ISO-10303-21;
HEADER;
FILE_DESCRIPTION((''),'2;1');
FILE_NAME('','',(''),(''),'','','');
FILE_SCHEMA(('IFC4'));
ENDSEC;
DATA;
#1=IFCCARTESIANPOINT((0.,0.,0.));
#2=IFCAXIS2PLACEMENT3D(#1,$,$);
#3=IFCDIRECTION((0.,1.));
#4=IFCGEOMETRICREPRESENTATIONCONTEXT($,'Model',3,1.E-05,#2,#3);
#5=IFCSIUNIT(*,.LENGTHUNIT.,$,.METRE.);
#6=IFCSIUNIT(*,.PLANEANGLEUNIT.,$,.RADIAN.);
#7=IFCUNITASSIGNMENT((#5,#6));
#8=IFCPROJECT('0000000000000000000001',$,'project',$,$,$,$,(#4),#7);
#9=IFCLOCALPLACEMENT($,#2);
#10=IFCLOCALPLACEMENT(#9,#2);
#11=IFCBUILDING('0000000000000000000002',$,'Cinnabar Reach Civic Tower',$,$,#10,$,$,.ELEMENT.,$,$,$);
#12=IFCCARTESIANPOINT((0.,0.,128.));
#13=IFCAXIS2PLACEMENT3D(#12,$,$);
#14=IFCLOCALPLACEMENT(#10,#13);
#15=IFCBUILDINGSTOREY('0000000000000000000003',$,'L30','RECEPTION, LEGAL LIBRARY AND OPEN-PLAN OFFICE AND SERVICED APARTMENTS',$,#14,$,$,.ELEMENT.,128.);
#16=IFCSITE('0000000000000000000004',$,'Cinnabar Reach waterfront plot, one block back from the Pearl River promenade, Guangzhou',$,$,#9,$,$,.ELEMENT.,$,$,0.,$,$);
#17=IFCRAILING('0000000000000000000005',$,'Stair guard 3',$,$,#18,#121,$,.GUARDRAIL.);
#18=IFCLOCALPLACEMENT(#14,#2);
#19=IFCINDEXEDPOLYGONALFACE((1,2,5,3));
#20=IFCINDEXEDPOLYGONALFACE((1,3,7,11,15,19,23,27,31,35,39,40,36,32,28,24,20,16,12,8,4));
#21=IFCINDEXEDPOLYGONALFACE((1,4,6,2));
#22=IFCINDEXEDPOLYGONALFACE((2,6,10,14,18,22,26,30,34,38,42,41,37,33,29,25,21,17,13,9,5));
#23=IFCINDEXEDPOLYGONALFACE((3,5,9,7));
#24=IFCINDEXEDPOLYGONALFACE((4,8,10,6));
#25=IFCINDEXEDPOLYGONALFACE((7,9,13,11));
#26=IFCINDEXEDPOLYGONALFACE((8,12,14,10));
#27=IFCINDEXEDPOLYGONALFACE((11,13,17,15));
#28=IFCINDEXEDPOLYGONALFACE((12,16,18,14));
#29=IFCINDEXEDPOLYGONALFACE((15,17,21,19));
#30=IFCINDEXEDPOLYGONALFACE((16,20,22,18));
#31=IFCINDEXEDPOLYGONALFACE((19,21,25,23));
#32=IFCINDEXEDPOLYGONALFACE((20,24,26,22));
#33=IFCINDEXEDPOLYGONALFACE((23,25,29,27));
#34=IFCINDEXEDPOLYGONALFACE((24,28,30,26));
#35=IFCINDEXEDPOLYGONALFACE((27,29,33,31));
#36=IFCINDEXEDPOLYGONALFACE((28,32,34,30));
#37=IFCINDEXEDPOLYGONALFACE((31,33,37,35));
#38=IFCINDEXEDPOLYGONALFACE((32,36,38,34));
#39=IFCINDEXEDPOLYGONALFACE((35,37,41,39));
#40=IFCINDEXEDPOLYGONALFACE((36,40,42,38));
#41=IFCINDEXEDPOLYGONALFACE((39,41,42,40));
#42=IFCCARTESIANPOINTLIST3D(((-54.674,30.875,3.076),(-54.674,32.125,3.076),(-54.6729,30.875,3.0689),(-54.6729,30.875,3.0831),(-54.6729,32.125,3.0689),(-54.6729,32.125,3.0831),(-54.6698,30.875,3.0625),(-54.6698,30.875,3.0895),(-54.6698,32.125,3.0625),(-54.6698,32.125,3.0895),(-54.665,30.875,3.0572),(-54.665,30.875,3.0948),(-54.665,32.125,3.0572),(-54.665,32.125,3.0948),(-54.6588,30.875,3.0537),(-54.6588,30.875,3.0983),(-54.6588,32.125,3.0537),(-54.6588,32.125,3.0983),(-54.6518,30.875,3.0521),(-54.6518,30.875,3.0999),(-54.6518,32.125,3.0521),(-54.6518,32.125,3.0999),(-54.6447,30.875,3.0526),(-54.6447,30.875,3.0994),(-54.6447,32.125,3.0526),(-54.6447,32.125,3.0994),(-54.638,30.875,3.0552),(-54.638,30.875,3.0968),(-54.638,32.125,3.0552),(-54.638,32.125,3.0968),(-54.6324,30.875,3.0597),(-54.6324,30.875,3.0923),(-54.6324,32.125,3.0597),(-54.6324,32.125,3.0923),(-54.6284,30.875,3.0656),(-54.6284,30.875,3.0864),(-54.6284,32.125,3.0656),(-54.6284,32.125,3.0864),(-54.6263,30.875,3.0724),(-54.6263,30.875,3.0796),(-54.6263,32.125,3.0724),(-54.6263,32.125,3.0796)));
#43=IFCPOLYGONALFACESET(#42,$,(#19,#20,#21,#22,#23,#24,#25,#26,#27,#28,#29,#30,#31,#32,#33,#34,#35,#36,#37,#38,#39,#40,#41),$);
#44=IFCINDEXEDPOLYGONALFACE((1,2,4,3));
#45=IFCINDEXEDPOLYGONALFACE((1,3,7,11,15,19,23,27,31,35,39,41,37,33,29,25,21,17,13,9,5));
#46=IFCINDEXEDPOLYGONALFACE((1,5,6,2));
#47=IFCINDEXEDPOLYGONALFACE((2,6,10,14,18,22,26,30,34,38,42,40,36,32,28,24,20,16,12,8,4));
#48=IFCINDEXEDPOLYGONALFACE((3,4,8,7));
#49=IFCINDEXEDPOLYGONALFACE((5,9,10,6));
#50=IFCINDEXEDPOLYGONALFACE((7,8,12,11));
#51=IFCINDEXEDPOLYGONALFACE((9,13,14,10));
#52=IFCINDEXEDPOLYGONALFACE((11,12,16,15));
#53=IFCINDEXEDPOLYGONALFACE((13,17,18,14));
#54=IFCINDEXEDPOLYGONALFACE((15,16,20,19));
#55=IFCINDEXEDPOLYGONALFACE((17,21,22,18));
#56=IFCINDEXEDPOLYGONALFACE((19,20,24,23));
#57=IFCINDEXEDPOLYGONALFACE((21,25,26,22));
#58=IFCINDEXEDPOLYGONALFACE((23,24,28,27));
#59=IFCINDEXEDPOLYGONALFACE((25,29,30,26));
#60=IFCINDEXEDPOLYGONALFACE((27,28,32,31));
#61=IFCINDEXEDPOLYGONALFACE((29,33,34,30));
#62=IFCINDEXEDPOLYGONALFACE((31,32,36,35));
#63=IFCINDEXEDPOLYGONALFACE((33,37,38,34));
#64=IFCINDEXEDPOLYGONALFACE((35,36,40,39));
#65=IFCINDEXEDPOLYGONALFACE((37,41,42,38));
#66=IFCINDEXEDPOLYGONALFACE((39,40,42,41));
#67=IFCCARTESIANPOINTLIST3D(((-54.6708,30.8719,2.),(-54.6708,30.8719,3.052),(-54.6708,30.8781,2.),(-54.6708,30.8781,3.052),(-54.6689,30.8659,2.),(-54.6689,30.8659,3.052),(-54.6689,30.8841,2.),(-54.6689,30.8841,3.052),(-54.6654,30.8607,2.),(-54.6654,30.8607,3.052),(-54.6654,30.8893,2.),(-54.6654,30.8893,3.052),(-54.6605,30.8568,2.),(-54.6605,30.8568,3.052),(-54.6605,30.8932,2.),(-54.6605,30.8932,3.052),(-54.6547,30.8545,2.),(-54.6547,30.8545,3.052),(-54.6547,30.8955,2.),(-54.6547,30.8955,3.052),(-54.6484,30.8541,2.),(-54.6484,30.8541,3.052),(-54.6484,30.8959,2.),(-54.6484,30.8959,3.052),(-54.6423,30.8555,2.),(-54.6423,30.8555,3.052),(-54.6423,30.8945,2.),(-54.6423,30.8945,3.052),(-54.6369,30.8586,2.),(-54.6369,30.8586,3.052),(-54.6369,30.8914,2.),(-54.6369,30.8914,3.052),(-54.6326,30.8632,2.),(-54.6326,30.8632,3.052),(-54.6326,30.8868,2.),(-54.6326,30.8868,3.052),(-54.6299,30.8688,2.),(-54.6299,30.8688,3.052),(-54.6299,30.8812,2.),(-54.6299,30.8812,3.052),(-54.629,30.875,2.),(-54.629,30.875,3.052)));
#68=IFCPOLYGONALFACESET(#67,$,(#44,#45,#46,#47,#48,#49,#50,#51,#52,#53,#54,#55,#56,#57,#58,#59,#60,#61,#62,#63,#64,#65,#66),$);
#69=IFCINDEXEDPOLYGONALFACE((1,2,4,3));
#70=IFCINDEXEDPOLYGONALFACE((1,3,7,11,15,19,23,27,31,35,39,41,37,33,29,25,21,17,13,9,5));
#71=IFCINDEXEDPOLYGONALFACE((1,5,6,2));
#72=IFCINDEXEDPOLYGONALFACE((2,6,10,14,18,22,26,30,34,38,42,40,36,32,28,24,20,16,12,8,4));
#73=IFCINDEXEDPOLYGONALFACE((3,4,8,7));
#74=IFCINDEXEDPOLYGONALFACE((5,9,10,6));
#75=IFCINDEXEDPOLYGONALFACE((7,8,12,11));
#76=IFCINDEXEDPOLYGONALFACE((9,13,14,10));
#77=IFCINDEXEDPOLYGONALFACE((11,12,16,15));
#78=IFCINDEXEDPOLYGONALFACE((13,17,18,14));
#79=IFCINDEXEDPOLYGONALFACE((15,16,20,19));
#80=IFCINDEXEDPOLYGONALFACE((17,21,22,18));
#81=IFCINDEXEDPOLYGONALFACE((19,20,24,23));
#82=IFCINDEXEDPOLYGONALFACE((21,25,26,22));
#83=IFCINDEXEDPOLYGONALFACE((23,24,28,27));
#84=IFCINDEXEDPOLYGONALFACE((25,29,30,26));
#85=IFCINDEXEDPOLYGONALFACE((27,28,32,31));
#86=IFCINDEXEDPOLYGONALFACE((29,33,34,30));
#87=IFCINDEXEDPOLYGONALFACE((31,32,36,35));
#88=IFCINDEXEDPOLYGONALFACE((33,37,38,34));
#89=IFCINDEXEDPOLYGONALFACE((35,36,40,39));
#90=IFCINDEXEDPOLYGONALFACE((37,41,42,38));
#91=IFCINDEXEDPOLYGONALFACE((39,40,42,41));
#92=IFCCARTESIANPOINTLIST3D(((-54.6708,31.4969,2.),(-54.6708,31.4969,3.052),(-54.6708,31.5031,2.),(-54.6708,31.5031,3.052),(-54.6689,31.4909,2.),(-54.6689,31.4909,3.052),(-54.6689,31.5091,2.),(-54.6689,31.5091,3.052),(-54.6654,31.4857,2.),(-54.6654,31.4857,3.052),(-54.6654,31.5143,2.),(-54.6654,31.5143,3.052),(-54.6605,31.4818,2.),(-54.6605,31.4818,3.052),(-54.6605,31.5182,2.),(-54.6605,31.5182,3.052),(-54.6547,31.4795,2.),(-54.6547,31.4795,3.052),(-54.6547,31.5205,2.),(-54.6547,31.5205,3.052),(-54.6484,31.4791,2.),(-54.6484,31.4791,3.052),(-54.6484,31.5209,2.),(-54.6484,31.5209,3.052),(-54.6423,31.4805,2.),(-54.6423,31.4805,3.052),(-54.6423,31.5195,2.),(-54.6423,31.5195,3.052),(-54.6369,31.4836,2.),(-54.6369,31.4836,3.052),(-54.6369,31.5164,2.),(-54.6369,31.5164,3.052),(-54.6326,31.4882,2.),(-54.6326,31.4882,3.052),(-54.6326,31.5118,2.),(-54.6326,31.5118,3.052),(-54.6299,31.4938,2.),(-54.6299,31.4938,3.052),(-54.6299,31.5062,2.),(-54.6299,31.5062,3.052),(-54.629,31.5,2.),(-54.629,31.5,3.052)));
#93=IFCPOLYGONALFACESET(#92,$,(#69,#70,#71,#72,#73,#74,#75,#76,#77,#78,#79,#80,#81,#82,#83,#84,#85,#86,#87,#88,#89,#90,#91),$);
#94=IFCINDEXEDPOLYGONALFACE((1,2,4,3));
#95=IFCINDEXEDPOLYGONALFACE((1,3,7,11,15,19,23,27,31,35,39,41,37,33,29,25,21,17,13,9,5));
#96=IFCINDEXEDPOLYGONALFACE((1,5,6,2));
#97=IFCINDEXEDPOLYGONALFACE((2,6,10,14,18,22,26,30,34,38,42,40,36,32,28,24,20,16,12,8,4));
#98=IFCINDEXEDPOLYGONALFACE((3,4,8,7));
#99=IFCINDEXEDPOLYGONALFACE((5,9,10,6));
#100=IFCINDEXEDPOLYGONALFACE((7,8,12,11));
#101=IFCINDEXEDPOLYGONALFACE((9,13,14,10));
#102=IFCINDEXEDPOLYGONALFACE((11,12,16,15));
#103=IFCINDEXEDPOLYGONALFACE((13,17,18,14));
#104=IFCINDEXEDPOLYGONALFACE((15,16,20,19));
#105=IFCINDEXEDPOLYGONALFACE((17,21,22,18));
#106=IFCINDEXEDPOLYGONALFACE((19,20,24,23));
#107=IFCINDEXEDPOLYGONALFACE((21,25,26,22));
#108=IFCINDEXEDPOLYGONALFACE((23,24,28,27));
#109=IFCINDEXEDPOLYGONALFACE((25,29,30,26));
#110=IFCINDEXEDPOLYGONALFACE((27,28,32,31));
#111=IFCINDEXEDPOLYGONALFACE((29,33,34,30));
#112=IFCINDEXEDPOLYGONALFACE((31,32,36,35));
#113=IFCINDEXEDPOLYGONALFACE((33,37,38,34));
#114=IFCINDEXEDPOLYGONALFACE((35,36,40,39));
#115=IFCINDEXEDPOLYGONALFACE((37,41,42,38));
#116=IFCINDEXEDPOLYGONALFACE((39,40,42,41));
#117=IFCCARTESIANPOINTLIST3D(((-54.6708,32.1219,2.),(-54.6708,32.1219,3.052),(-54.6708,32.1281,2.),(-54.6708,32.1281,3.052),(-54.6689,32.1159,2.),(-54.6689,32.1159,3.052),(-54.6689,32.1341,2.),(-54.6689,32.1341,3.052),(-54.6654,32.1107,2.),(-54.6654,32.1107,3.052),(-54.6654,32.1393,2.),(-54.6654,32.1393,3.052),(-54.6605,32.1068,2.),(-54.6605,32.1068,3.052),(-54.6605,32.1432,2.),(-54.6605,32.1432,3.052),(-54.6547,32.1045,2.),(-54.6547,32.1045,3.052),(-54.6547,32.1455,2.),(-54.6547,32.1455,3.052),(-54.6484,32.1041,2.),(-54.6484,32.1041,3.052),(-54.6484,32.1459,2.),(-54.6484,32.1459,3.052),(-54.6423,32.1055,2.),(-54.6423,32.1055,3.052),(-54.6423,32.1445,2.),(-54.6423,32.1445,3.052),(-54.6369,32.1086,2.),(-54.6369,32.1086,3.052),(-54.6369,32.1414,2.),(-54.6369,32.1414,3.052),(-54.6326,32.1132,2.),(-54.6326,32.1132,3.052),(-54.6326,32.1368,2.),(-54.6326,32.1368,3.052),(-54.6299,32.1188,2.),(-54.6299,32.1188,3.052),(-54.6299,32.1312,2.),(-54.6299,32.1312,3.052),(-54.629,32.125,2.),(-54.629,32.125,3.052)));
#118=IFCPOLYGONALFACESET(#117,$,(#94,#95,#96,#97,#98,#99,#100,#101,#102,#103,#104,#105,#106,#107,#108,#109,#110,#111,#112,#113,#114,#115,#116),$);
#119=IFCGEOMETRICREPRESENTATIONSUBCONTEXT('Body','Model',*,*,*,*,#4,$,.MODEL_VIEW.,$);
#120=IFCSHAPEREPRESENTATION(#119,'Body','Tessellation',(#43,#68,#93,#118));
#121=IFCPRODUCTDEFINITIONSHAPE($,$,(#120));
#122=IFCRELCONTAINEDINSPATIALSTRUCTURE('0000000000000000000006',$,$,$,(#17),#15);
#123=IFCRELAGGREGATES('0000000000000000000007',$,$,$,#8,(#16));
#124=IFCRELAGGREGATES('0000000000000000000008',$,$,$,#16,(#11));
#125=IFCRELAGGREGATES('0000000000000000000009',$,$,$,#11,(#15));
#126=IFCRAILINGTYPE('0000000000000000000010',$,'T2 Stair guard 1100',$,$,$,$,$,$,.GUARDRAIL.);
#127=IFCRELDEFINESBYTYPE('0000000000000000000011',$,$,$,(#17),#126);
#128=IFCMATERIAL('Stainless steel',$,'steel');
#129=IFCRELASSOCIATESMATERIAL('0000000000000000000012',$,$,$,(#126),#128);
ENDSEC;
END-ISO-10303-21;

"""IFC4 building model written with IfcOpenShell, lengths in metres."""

from ifc_helpers import new_model, si_unit, direction, frame, origin, origin_2d, place, context, subcontext, project, spatial, circle, extrude, material, type_object, element, save


model = new_model("IFC4")

# Units and contexts
model_context = context("Model", 3, precision=1e-05, world=origin(), true_north=direction((0.0, 1.0)))
body_context = subcontext(model_context, "Body", "Model", "MODEL_VIEW")
ifc_project = project(units=[si_unit("LENGTHUNIT", "METRE"), si_unit("PLANEANGLEUNIT", "RADIAN")], contexts=[model_context])

# Site, building, storey
site_placement = place(None, origin())
site = spatial("IfcSite", under=ifc_project, at=site_placement, Name="Cinnabar Reach waterfront plot, one block back from the Pearl River promenade, Guangzhou", CompositionType="ELEMENT", RefElevation=0.0)
building_placement = place(site_placement, origin())
building = spatial("IfcBuilding", under=site, at=building_placement, Name="Cinnabar Reach Civic Tower", CompositionType="ELEMENT")
storey_placement = place(building_placement, frame((0.0, 0.0, 128.0)))
storey = spatial("IfcBuildingStorey", under=building, at=storey_placement, Name="L30", Description="RECEPTION, LEGAL LIBRARY AND OPEN-PLAN OFFICE AND SERVICED APARTMENTS", CompositionType="ELEMENT", Elevation=128.0)

# Railing
ifc_material_1 = material(Name="Stainless steel", Category="steel")
railing_type = type_object("IfcRailingType", Name="T2 Stair guard 1100", PredefinedType="GUARDRAIL", material=ifc_material_1)
railing_1_placement = place(storey_placement, frame((-54.65, 30.875, 2.0)))
element("IfcRailing", 1, at=railing_1_placement, inside=storey, type_object=railing_type, Name="Stair guard 3", PredefinedType="GUARDRAIL", context=body_context, shape_type="SweptSolid", body=[
    extrude(circle(Radius=0.024, at=origin_2d()), frame((0.0, 0.0, 1.076), z_axis=(0.0, 1.0, 0.0), x_axis=(-1.0, 0.0, 0.0)), (0.0, 0.0, 1.0), 1.25),
    extrude(circle(Radius=0.021, at=origin_2d()), origin(), (0.0, 0.0, 1.0), 1.052),
    extrude(circle(Radius=0.021, at=origin_2d()), frame((0.0, 0.625, 0.0)), (0.0, 0.0, 1.0), 1.052),
    extrude(circle(Radius=0.021, at=origin_2d()), frame((0.0, 1.25, 0.0)), (0.0, 0.0, 1.0), 1.052),
])

save(model, "model.ifc")
